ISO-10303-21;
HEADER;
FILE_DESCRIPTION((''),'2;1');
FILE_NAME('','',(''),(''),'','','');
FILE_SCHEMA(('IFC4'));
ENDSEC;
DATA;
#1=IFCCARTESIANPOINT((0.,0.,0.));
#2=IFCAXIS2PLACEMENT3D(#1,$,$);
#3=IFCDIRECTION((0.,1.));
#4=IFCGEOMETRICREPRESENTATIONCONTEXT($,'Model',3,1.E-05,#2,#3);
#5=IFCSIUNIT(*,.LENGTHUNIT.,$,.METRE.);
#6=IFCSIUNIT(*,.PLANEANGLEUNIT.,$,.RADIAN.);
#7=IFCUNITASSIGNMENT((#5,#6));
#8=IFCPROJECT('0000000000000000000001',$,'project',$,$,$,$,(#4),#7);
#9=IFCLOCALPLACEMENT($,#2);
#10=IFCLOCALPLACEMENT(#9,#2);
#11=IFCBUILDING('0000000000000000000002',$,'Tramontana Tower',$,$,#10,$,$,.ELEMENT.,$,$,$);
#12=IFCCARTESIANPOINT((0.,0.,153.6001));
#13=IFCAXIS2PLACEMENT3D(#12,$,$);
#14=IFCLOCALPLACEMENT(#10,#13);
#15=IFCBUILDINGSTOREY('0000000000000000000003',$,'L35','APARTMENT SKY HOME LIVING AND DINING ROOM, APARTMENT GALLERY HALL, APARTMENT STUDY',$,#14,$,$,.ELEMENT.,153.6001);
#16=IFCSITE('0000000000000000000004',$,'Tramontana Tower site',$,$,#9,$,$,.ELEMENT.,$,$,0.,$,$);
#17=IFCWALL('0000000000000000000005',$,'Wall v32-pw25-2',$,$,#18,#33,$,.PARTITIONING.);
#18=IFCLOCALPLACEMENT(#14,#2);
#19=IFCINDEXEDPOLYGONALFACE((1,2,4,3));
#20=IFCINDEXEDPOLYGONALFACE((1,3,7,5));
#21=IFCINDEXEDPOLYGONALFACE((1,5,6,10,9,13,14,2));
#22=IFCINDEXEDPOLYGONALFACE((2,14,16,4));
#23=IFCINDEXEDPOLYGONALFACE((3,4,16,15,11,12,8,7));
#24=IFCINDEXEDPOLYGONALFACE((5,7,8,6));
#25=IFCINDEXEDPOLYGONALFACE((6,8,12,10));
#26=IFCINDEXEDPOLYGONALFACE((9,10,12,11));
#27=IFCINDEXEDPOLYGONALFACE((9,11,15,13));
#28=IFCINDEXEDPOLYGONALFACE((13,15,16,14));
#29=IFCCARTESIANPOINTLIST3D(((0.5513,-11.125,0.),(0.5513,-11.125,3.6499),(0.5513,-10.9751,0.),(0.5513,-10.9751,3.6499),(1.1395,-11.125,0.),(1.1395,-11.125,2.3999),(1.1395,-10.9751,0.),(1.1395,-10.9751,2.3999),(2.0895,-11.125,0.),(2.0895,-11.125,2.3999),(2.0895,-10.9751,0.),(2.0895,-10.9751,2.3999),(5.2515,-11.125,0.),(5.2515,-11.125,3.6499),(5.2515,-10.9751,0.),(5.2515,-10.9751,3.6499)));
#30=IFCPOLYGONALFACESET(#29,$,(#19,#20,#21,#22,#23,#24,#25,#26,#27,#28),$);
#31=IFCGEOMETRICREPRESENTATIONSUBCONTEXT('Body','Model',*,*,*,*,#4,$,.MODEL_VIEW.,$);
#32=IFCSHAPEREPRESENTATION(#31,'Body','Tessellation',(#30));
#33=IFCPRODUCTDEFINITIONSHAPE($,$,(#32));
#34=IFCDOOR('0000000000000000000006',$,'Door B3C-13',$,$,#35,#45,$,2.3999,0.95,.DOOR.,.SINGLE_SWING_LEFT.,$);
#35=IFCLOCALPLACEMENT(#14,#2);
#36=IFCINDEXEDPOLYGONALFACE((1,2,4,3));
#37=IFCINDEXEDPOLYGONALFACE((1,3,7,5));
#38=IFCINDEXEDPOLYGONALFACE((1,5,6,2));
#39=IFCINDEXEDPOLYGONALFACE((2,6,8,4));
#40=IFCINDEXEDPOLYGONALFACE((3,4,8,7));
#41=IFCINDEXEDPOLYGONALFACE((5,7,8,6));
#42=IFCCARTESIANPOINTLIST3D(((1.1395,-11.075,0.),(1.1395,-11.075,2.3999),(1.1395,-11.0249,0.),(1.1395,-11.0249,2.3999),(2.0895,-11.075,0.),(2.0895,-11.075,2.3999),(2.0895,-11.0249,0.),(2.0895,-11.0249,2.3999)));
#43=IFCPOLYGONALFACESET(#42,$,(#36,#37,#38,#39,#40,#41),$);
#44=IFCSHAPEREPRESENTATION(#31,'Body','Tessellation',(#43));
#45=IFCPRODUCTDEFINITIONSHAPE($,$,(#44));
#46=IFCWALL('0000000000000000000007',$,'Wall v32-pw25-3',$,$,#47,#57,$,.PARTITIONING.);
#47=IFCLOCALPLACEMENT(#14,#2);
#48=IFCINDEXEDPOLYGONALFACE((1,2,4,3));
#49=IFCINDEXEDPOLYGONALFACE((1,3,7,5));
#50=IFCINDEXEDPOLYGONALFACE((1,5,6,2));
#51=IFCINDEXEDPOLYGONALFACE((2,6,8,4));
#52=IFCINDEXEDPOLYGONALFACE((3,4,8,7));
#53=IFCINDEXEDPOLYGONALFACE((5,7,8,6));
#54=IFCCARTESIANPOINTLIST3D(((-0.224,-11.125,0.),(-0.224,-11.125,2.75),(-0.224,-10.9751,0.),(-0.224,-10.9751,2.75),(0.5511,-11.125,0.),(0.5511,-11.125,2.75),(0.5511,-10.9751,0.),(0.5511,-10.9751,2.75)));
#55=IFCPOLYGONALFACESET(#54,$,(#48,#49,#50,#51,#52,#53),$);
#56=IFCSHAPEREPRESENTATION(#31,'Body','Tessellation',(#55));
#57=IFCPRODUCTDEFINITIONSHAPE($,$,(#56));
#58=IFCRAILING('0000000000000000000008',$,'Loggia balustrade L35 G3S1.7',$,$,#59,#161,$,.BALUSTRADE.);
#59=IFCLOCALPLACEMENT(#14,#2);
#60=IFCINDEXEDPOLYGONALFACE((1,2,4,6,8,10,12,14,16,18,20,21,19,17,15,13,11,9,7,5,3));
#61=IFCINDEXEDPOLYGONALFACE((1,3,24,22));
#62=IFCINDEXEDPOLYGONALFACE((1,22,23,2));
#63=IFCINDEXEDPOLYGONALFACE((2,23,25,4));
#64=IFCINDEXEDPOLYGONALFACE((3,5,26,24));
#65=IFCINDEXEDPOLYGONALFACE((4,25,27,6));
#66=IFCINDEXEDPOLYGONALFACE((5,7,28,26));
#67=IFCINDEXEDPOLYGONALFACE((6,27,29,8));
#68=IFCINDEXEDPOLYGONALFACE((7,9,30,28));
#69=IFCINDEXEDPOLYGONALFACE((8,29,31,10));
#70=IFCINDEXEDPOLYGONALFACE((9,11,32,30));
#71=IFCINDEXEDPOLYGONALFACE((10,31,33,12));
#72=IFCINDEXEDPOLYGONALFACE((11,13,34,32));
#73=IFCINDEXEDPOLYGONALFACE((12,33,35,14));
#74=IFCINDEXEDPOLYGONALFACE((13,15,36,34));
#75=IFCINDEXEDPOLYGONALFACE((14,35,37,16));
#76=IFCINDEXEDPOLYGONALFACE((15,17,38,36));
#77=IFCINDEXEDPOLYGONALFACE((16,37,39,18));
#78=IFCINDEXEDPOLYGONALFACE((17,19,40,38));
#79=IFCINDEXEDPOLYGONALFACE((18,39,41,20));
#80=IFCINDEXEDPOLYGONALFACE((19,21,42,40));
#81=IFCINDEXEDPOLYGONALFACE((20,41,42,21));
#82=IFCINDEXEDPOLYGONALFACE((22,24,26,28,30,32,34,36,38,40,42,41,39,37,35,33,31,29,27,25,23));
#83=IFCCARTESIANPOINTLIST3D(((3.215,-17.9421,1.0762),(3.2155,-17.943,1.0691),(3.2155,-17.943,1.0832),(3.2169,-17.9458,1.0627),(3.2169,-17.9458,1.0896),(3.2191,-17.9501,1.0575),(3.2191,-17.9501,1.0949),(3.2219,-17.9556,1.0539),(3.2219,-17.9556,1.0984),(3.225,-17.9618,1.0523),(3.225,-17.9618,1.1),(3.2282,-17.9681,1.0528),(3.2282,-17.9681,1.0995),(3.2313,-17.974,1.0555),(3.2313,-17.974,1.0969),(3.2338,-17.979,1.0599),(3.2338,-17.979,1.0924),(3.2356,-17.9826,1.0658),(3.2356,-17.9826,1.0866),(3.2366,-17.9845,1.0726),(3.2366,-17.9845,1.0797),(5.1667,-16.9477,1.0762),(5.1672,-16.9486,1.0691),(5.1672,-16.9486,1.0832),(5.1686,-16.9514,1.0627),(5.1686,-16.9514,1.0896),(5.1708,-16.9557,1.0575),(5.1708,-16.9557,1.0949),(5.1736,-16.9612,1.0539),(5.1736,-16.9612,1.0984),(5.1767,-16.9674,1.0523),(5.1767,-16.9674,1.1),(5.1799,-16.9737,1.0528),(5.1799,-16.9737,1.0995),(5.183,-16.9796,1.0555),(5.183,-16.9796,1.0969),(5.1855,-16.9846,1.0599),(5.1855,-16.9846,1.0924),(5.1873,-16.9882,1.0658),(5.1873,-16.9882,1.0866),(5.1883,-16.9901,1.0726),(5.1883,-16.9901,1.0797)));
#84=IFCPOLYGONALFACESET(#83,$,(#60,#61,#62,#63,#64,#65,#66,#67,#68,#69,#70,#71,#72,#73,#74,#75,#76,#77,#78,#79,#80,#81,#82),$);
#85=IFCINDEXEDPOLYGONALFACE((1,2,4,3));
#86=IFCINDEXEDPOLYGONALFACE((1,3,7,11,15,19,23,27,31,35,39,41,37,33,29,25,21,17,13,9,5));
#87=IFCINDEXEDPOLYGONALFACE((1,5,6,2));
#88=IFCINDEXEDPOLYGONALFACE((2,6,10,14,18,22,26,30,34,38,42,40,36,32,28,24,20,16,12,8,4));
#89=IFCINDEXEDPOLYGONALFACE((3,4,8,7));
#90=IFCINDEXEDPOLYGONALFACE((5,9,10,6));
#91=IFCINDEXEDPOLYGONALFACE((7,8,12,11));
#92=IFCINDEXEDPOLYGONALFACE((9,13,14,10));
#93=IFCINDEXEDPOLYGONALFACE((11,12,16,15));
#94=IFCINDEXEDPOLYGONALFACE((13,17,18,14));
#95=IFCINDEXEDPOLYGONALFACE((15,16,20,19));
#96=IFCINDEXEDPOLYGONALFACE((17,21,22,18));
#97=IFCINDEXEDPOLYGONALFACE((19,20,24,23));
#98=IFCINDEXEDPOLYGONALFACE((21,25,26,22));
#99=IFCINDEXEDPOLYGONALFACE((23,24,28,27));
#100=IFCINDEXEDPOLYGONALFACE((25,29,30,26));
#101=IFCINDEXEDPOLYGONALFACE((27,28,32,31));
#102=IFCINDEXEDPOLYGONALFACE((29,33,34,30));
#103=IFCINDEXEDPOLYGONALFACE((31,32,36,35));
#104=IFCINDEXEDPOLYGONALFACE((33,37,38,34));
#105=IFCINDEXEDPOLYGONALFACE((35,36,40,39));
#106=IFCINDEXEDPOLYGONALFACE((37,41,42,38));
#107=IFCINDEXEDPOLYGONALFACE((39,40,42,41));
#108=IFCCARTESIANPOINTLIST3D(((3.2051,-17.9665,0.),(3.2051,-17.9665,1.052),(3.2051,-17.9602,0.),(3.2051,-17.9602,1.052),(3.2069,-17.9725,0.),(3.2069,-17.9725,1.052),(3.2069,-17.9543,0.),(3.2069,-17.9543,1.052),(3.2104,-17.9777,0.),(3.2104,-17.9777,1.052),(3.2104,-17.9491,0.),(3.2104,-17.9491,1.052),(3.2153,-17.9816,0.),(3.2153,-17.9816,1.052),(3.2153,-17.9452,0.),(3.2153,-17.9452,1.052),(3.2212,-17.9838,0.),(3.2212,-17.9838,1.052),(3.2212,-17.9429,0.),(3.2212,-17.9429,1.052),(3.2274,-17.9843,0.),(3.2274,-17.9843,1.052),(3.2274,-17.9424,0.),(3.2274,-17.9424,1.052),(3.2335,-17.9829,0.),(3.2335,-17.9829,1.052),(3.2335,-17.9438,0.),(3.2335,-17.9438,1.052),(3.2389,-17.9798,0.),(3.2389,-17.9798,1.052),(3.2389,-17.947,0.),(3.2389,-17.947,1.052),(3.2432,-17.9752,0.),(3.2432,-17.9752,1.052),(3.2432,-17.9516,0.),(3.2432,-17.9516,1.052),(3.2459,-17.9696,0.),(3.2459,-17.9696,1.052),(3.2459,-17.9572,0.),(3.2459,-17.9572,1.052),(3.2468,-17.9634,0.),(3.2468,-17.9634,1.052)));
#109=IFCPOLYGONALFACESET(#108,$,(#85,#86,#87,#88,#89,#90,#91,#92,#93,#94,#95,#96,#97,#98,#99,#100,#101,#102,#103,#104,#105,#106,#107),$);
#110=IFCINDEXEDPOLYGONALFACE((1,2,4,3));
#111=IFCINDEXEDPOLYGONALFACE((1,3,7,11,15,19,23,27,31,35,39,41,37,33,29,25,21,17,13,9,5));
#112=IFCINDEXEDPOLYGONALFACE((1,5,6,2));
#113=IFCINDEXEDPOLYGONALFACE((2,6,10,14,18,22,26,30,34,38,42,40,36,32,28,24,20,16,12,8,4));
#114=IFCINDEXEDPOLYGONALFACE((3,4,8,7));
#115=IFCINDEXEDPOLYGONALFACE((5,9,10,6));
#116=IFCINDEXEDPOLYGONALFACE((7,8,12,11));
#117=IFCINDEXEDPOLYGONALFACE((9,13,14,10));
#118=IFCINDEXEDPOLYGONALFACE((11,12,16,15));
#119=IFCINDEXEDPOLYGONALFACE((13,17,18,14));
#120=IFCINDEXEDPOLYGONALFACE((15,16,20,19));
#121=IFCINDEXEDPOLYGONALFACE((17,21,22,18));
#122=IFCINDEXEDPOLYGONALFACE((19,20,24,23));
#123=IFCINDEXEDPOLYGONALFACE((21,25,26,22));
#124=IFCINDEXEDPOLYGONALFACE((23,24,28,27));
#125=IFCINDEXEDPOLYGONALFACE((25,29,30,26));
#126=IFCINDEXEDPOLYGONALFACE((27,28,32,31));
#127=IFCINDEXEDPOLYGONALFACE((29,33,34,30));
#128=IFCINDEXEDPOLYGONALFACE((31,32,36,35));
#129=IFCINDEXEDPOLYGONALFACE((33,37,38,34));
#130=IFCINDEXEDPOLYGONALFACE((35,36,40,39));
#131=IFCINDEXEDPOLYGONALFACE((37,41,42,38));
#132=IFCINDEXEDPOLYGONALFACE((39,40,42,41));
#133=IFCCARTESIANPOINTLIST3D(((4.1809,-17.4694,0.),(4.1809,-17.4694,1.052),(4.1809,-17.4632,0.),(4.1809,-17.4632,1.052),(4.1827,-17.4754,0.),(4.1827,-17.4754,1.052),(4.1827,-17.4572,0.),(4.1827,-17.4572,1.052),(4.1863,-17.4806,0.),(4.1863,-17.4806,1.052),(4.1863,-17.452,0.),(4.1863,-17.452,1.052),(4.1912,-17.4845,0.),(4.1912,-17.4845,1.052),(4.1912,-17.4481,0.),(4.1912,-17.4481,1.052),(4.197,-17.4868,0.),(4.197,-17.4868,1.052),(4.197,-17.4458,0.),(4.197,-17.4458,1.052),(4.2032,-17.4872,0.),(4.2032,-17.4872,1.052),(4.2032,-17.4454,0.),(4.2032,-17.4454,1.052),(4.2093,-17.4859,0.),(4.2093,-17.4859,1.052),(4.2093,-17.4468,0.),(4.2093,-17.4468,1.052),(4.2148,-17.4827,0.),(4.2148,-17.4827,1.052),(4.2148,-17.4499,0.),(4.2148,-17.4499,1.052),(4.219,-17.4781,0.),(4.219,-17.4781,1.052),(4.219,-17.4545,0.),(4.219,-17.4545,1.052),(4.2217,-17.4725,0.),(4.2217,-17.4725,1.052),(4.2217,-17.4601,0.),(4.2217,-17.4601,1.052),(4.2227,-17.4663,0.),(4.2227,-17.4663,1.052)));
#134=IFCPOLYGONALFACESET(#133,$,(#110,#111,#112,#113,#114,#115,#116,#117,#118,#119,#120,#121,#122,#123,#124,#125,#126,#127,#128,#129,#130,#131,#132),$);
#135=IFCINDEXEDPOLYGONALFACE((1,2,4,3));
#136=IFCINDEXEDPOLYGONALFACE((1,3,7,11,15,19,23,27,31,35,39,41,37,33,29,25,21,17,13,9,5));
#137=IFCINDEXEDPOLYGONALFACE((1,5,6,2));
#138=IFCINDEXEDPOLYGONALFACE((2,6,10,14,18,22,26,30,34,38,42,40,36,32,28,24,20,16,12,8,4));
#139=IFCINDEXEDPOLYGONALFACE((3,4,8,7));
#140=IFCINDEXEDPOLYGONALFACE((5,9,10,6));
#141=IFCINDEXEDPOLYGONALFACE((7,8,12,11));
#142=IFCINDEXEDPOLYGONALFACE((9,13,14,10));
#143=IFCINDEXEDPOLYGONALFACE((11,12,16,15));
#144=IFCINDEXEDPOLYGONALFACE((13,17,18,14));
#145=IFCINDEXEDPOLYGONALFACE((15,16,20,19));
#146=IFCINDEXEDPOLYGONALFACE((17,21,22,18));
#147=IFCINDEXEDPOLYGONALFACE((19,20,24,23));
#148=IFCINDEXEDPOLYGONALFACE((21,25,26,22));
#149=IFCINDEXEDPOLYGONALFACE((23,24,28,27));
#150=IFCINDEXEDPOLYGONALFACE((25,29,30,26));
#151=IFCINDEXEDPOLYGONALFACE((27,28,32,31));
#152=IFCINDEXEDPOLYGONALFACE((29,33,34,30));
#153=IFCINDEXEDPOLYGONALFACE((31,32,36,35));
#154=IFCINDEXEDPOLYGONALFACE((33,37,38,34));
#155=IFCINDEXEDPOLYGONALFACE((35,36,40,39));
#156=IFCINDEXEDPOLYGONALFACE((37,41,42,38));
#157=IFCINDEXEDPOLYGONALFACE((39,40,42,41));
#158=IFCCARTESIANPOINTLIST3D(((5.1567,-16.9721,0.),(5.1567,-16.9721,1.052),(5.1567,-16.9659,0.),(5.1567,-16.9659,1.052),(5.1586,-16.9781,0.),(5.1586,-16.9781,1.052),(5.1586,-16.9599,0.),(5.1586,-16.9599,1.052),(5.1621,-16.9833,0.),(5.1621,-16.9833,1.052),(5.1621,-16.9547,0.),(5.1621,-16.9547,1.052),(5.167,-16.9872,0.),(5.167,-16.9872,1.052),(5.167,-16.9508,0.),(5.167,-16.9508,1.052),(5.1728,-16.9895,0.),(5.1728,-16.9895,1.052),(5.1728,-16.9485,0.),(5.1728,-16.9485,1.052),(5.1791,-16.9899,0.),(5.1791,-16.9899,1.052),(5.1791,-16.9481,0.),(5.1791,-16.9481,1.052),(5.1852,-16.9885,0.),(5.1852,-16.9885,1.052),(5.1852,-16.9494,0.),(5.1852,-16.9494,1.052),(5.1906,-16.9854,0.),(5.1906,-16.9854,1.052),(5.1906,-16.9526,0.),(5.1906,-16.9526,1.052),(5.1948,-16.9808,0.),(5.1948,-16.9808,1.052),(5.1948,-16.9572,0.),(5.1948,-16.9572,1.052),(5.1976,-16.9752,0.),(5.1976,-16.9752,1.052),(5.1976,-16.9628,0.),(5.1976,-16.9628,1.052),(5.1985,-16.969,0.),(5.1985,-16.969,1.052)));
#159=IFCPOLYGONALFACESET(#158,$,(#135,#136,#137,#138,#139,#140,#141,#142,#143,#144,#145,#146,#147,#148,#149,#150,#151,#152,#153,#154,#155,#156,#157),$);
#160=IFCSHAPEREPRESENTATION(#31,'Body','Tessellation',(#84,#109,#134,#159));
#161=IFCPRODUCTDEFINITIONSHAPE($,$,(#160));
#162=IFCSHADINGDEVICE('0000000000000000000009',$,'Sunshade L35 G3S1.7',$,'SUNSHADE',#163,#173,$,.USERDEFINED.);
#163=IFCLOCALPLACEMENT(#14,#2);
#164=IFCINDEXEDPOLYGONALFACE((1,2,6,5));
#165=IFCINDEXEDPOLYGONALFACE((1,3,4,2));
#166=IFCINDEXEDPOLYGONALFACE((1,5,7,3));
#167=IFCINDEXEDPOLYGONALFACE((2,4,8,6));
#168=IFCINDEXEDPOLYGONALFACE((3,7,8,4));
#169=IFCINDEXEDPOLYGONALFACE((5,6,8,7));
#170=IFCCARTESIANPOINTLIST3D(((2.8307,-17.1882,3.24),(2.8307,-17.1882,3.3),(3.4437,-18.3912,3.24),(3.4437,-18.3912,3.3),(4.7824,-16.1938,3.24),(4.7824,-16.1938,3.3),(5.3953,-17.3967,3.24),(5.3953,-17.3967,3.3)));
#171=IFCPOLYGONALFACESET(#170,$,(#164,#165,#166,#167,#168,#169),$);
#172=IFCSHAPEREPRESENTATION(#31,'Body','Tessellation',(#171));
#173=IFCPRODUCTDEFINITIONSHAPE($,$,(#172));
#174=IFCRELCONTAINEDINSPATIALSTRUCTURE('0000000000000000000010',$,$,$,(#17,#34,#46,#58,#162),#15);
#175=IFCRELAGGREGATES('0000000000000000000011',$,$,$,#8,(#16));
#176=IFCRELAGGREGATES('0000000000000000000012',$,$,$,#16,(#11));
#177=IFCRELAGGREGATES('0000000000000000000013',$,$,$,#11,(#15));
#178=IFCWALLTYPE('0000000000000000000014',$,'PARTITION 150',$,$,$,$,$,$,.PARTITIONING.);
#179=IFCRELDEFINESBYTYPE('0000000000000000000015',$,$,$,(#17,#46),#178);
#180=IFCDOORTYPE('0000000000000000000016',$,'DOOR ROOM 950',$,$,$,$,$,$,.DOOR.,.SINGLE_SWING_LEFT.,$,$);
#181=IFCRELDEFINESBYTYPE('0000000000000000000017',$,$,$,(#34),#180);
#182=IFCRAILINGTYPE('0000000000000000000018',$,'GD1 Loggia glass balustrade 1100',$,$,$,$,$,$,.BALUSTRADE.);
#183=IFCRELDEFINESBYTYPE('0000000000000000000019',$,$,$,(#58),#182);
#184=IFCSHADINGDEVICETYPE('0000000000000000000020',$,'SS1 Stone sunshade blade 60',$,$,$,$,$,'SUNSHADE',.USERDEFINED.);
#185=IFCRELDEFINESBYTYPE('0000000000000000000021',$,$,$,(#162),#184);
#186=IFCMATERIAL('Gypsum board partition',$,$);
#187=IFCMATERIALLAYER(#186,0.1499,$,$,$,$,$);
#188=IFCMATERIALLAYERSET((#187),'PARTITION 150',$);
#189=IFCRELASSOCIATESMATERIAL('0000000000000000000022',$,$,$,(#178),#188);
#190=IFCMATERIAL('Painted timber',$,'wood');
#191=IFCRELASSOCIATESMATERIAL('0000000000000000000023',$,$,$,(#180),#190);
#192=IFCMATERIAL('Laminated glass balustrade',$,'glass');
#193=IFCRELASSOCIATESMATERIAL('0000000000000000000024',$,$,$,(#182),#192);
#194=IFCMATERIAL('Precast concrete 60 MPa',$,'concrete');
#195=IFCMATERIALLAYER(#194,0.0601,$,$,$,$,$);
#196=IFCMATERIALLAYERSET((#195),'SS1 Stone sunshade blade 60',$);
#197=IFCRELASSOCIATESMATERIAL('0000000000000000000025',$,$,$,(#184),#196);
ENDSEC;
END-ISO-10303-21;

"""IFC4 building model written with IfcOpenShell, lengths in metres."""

from ifc_helpers import new_model, si_unit, direction, frame, frame_2d, origin, origin_2d, place, context, subcontext, project, spatial, rectangle, circle, extrude, material, layer, layer_set, type_object, element, fill, save


model = new_model("IFC4")

# Units and contexts
model_context = context("Model", 3, precision=1e-05, world=origin(), true_north=direction((0.0, 1.0)))
body_context = subcontext(model_context, "Body", "Model", "MODEL_VIEW")
ifc_project = project(units=[si_unit("LENGTHUNIT", "METRE"), si_unit("PLANEANGLEUNIT", "RADIAN")], contexts=[model_context])

# Site, building, storey
site_placement = place(None, origin())
site = spatial("IfcSite", under=ifc_project, at=site_placement, Name="Tramontana Tower site", CompositionType="ELEMENT", RefElevation=0.0)
building_placement = place(site_placement, origin())
building = spatial("IfcBuilding", under=site, at=building_placement, Name="Tramontana Tower", CompositionType="ELEMENT")
storey_placement = place(building_placement, frame((0.0, 0.0, 153.6001)))
storey = spatial("IfcBuildingStorey", under=building, at=storey_placement, Name="L35", Description="APARTMENT SKY HOME LIVING AND DINING ROOM, APARTMENT GALLERY HALL, APARTMENT STUDY", CompositionType="ELEMENT", Elevation=153.6001)

# Shared definitions
ifc_material_1 = material(Name="Gypsum board partition")
ifc_layer_1 = layer(ifc_material_1, 0.1499)
ifc_layer_set_1 = layer_set([ifc_layer_1], Name="PARTITION 150")
wall_type_1 = type_object("IfcWallType", Name="PARTITION 150", PredefinedType="PARTITIONING", material=ifc_layer_set_1)

# Wall, opening, door
wall_1_placement = place(storey_placement, frame((5.2515, -11.05, 0.0), z_axis=(0.0, 0.0, 1.0), x_axis=(-1.0, 0.0, 0.0)))
wall_1 = element("IfcWall", 1, at=wall_1_placement, inside=storey, type_object=wall_type_1, Name="Wall v32-pw25-2", PredefinedType="PARTITIONING", context=body_context, shape_type="SweptSolid", body=[
    extrude(rectangle(XDim=4.7002, YDim=0.1499, at=frame_2d((2.3501, 0.0))), origin(), (0.0, 0.0, 1.0), 3.6499),
])
opening_1_placement = place(wall_1_placement, frame((3.1619, 0.0, 0.0)))
opening_1 = element("IfcOpeningElement", 2, at=opening_1_placement, cuts=wall_1, PredefinedType="OPENING", context=body_context, shape_type="SweptSolid", body=[
    extrude(rectangle(XDim=0.95, YDim=2.3999, at=frame_2d((0.4751, 1.2))), frame((0.0, 0.085, 0.0), z_axis=(0.0, -1.0, 0.0), x_axis=(1.0, 0.0, 0.0)), (0.0, 0.0, 1.0), 0.1699),
])
ifc_material_2 = material(Name="Painted timber", Category="wood")
door_type_1 = type_object("IfcDoorType", Name="DOOR ROOM 950", OperationType="SINGLE_SWING_LEFT", PredefinedType="DOOR", material=ifc_material_2)
door_1_placement = place(opening_1_placement, origin())
door_1 = element("IfcDoor", 3, at=door_1_placement, inside=storey, type_object=door_type_1, Name="Door B3C-13", OperationType="SINGLE_SWING_LEFT", OverallHeight=2.3999, OverallWidth=0.95, PredefinedType="DOOR", context=body_context, shape_type="SweptSolid", body=[
    extrude(rectangle(XDim=0.95, YDim=2.3999, at=frame_2d((0.4751, 1.2))), frame((0.0, 0.0249, 0.0), z_axis=(0.0, -1.0, 0.0), x_axis=(1.0, 0.0, 0.0)), (0.0, 0.0, 1.0), 0.05),
])
fill(opening_1, door_1)

# Wall
wall_2_placement = place(storey_placement, frame((0.5513, -11.05, 0.0), z_axis=(0.0, 0.0, 1.0), x_axis=(-1.0, 0.0, 0.0)))
element("IfcWall", 4, at=wall_2_placement, inside=storey, type_object=wall_type_1, Name="Wall v32-pw25-3", PredefinedType="PARTITIONING", context=body_context, shape_type="SweptSolid", body=[
    extrude(rectangle(XDim=0.7751, YDim=0.1499, at=frame_2d((0.3877, 0.0))), origin(), (0.0, 0.0, 1.0), 2.75),
])

# Railing
ifc_material_3 = material(Name="Laminated glass balustrade", Category="glass")
railing_type = type_object("IfcRailingType", Name="GD1 Loggia glass balustrade 1100", PredefinedType="BALUSTRADE", material=ifc_material_3)
railing_placement = place(storey_placement, frame((3.2258, -17.9634, 0.0)))
element("IfcRailing", 5, at=railing_placement, inside=storey, type_object=railing_type, Name="Loggia balustrade L35 G3S1.7", PredefinedType="BALUSTRADE", context=body_context, shape_type="SweptSolid", body=[
    extrude(circle(Radius=0.0239, at=origin_2d()), frame((0.0, 0.0, 1.0762), z_axis=(0.891013, 0.453978, 0.0), x_axis=(-0.453978, 0.891013, 0.0)), (0.0, 0.0, 1.0), 2.1904),
    extrude(circle(Radius=0.021, at=origin_2d()), origin(), (0.0, 0.0, 1.0), 1.052),
    extrude(circle(Radius=0.021, at=origin_2d()), frame((0.9758, 0.4971, 0.0)), (0.0, 0.0, 1.0), 1.052),
    extrude(circle(Radius=0.021, at=origin_2d()), frame((1.9517, 0.9944, 0.0)), (0.0, 0.0, 1.0), 1.052),
])

# Shading device
ifc_material_4 = material(Name="Precast concrete 60 MPa", Category="concrete")
ifc_layer_2 = layer(ifc_material_4, 0.0601)
ifc_layer_set_2 = layer_set([ifc_layer_2], Name="SS1 Stone sunshade blade 60")
shading_device_type = type_object("IfcShadingDeviceType", Name="SS1 Stone sunshade blade 60", ElementType="SUNSHADE", PredefinedType="USERDEFINED", material=ifc_layer_set_2)
shading_device_placement = place(storey_placement, frame((4.113, -17.2925, 3.24), z_axis=(0.0, 0.0, 1.0), x_axis=(0.891007, 0.45399, 0.0)))
element("IfcShadingDevice", 6, at=shading_device_placement, inside=storey, type_object=shading_device_type, Name="Sunshade L35 G3S1.7", ObjectType="SUNSHADE", PredefinedType="USERDEFINED", context=body_context, shape_type="SweptSolid", body=[
    extrude(rectangle(XDim=2.1904, YDim=1.3501, at=origin_2d()), origin(), (0.0, 0.0, 1.0), 0.0601),
])

save(model, "model.ifc")
